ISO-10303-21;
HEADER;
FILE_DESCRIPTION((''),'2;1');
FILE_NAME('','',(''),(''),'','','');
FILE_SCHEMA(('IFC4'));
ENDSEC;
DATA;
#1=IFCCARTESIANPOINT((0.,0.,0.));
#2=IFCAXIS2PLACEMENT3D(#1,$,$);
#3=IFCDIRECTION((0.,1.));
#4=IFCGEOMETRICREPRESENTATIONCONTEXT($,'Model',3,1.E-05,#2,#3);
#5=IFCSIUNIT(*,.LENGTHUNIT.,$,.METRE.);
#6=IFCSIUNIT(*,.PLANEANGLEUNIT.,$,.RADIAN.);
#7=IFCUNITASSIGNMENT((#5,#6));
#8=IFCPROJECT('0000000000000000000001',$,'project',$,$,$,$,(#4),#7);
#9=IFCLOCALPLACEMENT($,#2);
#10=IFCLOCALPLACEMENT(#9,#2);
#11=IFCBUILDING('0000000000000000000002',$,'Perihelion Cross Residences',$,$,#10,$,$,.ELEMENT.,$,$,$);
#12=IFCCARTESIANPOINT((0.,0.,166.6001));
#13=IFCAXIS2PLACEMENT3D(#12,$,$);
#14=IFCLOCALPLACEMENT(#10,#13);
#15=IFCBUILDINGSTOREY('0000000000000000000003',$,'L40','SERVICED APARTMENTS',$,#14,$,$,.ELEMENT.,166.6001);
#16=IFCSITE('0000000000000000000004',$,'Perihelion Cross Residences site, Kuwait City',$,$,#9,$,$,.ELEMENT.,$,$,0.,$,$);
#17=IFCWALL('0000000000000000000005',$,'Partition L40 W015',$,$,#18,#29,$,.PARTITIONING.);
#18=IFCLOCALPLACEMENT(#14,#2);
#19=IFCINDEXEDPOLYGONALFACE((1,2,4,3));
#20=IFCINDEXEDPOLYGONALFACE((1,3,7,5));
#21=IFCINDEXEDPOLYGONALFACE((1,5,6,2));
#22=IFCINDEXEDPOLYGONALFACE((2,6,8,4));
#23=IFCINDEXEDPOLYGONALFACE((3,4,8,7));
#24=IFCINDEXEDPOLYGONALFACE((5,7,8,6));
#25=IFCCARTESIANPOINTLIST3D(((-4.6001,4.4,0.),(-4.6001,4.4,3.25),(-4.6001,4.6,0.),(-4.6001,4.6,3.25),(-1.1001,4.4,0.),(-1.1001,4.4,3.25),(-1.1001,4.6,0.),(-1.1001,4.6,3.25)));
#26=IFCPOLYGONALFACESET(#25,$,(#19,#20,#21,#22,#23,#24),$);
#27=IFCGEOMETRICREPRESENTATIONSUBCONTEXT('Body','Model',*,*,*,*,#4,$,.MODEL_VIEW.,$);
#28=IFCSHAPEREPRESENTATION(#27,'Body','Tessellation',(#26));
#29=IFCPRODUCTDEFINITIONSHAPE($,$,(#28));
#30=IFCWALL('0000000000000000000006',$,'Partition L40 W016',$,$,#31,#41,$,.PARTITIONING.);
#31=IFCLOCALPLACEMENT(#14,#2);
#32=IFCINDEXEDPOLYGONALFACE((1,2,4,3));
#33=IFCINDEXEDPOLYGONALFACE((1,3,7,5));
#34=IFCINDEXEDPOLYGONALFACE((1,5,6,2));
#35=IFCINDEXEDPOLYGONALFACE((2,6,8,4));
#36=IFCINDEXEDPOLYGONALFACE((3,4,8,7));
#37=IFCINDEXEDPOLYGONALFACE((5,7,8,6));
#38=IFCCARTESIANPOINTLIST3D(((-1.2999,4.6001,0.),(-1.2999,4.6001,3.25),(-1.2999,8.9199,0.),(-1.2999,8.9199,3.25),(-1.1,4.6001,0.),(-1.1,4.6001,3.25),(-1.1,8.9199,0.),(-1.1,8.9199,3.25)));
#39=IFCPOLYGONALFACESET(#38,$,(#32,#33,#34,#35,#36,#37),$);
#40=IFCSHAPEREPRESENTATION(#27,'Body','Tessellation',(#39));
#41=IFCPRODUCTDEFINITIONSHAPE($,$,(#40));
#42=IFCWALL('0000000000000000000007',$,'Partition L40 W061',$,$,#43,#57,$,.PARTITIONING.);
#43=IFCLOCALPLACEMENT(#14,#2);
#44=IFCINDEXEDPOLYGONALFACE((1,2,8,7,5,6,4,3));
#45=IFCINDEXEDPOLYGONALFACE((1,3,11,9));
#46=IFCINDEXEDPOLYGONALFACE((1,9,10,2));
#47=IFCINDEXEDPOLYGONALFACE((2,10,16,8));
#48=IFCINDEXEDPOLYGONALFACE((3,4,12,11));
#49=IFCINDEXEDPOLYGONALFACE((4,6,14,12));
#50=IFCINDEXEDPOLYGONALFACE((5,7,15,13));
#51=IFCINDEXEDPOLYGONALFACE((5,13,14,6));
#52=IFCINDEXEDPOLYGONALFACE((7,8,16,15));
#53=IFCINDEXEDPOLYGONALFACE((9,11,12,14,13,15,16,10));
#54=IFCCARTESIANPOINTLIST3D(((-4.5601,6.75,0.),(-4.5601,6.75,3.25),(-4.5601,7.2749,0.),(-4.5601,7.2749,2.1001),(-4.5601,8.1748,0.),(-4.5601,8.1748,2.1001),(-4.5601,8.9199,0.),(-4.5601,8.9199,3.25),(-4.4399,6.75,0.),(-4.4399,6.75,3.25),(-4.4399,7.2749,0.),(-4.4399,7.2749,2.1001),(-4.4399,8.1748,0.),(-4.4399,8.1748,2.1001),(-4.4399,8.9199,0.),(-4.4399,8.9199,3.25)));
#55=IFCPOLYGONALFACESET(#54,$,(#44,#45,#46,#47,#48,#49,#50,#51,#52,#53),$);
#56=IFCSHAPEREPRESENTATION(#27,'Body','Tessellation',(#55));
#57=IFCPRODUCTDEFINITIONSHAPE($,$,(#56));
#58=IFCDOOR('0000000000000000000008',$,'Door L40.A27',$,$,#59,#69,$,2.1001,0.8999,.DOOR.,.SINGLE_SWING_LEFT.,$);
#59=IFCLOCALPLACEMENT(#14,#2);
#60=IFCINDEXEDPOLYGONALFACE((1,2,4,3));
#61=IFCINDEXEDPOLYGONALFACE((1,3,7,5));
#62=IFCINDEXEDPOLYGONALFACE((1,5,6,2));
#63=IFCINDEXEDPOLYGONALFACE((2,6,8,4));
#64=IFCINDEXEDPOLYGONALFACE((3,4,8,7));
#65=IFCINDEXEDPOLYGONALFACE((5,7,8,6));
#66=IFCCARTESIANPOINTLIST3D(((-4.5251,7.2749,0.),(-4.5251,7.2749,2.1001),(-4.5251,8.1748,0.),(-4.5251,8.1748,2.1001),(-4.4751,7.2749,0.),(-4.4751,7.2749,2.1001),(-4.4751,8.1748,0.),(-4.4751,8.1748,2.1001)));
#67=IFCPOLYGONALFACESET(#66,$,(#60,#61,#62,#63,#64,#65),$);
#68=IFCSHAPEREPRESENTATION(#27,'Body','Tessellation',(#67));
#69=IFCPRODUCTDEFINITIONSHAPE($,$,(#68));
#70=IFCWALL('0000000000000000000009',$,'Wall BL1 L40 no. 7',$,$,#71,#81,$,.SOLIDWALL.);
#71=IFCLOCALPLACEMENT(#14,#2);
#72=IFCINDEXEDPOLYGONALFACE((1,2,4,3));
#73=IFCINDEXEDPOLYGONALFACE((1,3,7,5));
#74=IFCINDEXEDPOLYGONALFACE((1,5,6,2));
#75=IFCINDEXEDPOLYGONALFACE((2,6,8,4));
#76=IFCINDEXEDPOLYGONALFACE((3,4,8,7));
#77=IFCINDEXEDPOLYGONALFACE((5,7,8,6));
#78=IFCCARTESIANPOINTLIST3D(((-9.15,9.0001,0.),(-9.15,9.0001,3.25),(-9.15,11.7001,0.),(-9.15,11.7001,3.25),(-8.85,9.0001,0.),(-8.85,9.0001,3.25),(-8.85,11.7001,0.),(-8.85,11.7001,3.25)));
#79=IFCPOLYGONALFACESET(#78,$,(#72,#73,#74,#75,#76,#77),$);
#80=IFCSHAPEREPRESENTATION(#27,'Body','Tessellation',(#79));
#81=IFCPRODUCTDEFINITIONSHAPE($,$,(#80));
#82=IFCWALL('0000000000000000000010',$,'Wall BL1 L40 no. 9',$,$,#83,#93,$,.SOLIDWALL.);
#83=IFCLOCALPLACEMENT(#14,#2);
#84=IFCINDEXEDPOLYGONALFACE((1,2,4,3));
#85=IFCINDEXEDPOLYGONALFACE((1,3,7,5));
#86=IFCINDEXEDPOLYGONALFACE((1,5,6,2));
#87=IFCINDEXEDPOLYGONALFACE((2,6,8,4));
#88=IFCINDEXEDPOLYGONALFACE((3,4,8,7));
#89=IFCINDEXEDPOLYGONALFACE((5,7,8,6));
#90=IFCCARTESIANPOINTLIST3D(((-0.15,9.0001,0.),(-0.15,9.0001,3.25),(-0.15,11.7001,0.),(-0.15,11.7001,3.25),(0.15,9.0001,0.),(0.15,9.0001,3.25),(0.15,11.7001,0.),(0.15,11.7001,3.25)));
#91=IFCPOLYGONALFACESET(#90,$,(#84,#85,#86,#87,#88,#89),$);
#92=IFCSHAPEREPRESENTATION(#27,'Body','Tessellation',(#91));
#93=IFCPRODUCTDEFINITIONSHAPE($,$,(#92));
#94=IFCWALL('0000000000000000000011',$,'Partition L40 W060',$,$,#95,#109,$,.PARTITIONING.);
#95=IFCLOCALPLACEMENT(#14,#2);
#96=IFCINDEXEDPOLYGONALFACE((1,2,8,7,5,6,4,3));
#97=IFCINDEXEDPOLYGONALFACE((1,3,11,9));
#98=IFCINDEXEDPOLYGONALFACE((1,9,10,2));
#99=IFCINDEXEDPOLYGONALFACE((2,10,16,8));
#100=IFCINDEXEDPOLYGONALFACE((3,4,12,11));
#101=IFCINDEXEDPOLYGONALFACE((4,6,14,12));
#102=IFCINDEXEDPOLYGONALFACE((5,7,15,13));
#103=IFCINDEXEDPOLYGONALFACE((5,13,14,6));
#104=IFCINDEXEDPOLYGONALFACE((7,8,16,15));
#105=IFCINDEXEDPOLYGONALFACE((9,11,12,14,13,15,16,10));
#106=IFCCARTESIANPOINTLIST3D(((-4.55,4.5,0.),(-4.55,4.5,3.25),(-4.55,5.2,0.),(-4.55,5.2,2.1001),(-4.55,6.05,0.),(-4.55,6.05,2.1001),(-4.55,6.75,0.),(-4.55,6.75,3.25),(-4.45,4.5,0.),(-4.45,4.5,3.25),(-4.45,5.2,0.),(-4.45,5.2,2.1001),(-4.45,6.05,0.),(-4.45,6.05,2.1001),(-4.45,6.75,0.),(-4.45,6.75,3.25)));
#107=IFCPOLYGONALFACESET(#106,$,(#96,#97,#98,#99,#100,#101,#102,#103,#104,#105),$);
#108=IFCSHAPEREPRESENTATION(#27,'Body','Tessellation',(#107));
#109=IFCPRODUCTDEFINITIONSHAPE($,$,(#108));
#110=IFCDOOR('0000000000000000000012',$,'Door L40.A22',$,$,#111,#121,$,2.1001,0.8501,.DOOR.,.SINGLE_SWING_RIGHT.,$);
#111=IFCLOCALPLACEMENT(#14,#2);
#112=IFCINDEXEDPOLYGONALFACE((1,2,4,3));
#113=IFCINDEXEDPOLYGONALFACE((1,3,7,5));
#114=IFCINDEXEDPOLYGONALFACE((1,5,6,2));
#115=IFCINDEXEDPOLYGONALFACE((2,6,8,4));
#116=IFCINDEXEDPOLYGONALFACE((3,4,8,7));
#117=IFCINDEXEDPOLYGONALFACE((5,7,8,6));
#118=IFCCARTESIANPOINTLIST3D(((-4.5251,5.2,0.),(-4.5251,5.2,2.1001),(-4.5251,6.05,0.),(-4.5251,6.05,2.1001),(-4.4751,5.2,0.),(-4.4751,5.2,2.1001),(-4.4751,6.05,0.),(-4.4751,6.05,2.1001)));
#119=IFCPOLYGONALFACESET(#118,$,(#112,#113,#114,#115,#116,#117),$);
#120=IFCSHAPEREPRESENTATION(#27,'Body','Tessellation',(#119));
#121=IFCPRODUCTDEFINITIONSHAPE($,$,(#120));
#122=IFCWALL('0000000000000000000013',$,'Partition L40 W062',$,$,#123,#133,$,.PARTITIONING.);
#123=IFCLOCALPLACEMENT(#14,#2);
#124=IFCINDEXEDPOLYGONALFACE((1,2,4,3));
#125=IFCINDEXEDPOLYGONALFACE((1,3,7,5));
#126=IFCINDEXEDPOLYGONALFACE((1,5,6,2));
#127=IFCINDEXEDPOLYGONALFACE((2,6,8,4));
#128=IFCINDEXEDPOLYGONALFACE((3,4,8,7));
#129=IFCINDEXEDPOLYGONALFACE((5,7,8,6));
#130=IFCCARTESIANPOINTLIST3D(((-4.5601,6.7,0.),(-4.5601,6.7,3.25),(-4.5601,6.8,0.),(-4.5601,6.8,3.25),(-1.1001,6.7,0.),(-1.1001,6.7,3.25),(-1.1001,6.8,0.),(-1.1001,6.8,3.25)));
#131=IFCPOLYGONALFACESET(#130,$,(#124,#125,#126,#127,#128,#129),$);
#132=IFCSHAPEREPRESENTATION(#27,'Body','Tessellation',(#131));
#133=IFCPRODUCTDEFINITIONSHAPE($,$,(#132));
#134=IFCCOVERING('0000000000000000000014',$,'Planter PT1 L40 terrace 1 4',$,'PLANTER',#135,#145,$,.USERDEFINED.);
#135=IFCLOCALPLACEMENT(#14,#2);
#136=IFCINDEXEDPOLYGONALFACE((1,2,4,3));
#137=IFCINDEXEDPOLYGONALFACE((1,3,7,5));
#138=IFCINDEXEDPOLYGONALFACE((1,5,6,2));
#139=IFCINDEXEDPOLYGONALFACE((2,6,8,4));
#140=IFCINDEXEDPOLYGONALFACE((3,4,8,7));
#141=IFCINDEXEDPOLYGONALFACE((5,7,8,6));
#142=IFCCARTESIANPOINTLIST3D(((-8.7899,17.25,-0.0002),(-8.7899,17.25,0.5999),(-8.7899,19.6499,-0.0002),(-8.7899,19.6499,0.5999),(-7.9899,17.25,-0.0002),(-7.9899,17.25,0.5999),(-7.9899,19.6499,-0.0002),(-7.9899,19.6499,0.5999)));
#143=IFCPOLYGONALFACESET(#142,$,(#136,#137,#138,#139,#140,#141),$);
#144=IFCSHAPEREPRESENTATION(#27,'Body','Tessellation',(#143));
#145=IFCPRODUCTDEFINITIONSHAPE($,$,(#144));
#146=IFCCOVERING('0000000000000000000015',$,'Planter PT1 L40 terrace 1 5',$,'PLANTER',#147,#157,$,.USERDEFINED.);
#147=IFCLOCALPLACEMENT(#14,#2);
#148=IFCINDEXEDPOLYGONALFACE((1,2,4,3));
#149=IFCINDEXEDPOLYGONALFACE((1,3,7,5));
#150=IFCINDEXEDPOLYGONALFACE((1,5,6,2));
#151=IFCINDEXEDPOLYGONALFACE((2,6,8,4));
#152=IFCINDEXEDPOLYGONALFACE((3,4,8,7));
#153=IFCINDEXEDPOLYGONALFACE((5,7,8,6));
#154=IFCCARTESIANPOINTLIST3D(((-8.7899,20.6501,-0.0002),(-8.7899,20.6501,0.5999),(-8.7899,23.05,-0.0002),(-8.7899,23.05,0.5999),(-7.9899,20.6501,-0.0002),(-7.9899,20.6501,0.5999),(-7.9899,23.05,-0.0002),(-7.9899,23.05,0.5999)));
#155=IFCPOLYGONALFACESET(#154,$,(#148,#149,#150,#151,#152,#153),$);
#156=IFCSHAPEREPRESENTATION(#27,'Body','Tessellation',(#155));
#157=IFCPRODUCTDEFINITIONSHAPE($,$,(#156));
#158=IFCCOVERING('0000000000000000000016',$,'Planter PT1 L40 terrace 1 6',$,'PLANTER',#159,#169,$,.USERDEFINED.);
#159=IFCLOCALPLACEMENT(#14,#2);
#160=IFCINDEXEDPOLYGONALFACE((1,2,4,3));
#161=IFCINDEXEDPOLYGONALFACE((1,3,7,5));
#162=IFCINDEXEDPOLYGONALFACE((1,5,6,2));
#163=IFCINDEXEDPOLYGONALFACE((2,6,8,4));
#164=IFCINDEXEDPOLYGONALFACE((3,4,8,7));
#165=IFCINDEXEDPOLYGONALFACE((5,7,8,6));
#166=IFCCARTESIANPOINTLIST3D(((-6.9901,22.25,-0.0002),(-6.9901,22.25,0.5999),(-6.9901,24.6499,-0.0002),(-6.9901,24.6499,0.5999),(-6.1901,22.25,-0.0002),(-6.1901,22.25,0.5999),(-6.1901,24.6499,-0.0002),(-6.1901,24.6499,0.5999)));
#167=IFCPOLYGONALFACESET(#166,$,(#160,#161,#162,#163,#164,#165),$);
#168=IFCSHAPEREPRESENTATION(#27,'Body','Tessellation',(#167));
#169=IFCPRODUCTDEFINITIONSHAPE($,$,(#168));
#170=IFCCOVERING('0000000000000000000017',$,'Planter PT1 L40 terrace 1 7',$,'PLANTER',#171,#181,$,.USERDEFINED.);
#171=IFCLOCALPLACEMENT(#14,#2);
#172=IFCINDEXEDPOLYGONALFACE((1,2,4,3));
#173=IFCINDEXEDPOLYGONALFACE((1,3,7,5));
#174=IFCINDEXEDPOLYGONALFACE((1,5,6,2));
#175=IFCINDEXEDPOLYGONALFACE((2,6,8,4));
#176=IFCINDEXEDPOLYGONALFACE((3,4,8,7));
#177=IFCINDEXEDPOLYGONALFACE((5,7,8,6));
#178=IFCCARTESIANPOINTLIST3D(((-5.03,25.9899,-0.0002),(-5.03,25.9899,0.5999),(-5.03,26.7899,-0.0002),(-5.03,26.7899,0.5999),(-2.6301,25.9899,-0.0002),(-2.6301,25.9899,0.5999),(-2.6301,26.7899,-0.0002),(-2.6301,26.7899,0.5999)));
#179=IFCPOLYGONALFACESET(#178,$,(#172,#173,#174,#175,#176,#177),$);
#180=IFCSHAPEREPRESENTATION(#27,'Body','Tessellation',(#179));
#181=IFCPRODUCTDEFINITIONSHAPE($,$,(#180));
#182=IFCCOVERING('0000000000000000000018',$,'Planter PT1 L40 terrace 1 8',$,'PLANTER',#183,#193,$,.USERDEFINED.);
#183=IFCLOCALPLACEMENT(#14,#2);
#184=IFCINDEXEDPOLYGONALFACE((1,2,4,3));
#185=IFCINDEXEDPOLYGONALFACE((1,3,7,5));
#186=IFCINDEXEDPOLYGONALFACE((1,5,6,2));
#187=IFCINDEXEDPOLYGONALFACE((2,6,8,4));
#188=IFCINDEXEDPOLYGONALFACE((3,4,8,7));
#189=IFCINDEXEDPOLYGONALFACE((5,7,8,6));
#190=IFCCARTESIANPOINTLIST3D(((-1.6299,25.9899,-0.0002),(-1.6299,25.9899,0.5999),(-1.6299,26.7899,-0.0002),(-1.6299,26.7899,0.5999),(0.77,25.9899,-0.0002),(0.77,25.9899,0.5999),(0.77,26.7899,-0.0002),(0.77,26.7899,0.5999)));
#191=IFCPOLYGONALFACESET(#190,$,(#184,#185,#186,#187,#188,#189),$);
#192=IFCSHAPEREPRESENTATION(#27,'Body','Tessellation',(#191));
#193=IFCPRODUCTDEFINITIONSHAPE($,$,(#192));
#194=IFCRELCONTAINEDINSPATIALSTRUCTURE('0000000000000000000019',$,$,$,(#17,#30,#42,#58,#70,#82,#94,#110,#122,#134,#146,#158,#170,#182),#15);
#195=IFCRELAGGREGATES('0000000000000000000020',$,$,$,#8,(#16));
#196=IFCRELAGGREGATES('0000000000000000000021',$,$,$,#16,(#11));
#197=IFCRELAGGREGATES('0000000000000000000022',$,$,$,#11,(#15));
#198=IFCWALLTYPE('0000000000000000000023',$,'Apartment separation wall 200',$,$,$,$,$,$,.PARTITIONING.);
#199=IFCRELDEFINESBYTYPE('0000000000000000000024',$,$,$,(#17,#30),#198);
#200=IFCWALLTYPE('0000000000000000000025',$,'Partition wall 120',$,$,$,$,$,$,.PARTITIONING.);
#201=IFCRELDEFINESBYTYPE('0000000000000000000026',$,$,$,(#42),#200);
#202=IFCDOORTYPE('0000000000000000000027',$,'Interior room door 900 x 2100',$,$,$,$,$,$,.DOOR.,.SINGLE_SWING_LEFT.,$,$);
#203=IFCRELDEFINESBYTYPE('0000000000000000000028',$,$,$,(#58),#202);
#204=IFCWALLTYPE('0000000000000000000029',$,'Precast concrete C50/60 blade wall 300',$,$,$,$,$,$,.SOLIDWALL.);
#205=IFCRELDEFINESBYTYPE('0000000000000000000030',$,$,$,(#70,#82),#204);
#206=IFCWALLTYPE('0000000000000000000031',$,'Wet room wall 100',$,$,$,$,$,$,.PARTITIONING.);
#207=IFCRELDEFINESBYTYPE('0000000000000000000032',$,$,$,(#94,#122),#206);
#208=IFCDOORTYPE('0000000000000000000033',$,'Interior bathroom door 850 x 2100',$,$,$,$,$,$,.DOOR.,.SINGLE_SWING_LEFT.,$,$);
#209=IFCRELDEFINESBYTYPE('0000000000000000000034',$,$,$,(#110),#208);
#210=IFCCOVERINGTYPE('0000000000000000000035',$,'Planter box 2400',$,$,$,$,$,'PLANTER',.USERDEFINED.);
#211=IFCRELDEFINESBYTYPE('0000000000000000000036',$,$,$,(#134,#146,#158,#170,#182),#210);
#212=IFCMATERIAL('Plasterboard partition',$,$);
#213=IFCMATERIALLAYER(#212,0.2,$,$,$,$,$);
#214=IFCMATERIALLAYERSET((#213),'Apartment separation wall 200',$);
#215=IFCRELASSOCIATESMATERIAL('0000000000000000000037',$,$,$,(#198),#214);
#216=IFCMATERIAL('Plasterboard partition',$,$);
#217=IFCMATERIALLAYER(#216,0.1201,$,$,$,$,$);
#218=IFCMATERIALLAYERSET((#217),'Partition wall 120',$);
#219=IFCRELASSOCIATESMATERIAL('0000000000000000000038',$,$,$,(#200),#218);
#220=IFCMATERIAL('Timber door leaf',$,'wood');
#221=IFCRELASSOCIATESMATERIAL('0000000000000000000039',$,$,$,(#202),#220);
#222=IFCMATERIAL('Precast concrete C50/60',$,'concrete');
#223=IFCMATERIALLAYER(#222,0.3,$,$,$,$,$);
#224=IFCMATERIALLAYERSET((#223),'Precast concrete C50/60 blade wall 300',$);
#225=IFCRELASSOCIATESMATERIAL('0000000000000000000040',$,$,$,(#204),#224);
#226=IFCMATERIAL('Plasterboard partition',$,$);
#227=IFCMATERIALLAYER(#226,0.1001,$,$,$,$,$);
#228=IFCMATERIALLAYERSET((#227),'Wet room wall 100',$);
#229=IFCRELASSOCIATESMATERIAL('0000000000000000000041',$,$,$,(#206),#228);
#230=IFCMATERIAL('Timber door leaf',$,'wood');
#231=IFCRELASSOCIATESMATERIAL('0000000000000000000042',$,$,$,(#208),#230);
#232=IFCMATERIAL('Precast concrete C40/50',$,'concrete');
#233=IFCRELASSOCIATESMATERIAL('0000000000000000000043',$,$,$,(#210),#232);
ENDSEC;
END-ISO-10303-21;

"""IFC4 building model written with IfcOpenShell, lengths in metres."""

from ifc_helpers import new_model, si_unit, direction, frame, frame_2d, origin, origin_2d, place, context, subcontext, project, spatial, rectangle, extrude, material, layer, layer_set, type_object, element, fill, save


model = new_model("IFC4")

# Units and contexts
model_context = context("Model", 3, precision=1e-05, world=origin(), true_north=direction((0.0, 1.0)))
body_context = subcontext(model_context, "Body", "Model", "MODEL_VIEW")
ifc_project = project(units=[si_unit("LENGTHUNIT", "METRE"), si_unit("PLANEANGLEUNIT", "RADIAN")], contexts=[model_context])

# Site, building, storey
site_placement = place(None, origin())
site = spatial("IfcSite", under=ifc_project, at=site_placement, Name="Perihelion Cross Residences site, Kuwait City", CompositionType="ELEMENT", RefElevation=0.0)
building_placement = place(site_placement, origin())
building = spatial("IfcBuilding", under=site, at=building_placement, Name="Perihelion Cross Residences", CompositionType="ELEMENT")
storey_placement = place(building_placement, frame((0.0, 0.0, 166.6001)))
storey = spatial("IfcBuildingStorey", under=building, at=storey_placement, Name="L40", Description="SERVICED APARTMENTS", CompositionType="ELEMENT", Elevation=166.6001)

# Walls
ifc_material_1 = material(Name="Plasterboard partition")
ifc_layer_1 = layer(ifc_material_1, 0.2)
ifc_layer_set_1 = layer_set([ifc_layer_1], Name="Apartment separation wall 200")
wall_type_1 = type_object("IfcWallType", Name="Apartment separation wall 200", PredefinedType="PARTITIONING", material=ifc_layer_set_1)
wall_1_placement = place(storey_placement, frame((-4.6001, 4.5, 0.0), z_axis=(0.0, 0.0, 1.0), x_axis=(1.0, 0.0, 0.0)))
element("IfcWall", 1, at=wall_1_placement, inside=storey, type_object=wall_type_1, Name="Partition L40 W015", PredefinedType="PARTITIONING", context=body_context, shape_type="SweptSolid", body=[
    extrude(rectangle(XDim=3.5, YDim=0.2, at=frame_2d((1.75, 0.0))), origin(), (0.0, 0.0, 1.0), 3.25),
])
wall_2_placement = place(storey_placement, frame((-1.2, 4.6001, 0.0), z_axis=(0.0, 0.0, 1.0), x_axis=(0.0, 1.0, 0.0)))
element("IfcWall", 2, at=wall_2_placement, inside=storey, type_object=wall_type_1, Name="Partition L40 W016", PredefinedType="PARTITIONING", context=body_context, shape_type="SweptSolid", body=[
    extrude(rectangle(XDim=4.3198, YDim=0.2, at=frame_2d((2.1599, 0.0))), origin(), (0.0, 0.0, 1.0), 3.25),
])

# Wall, opening, door
ifc_material_2 = material(Name="Plasterboard partition")
ifc_layer_2 = layer(ifc_material_2, 0.1201)
ifc_layer_set_2 = layer_set([ifc_layer_2], Name="Partition wall 120")
wall_type_2 = type_object("IfcWallType", Name="Partition wall 120", PredefinedType="PARTITIONING", material=ifc_layer_set_2)
wall_3_placement = place(storey_placement, frame((-4.5, 8.9199, 0.0), z_axis=(0.0, 0.0, 1.0), x_axis=(0.0, -1.0, 0.0)))
wall_3 = element("IfcWall", 3, at=wall_3_placement, inside=storey, type_object=wall_type_2, Name="Partition L40 W061", PredefinedType="PARTITIONING", context=body_context, shape_type="SweptSolid", body=[
    extrude(rectangle(XDim=2.1699, YDim=0.1201, at=frame_2d((1.085, 0.0))), origin(), (0.0, 0.0, 1.0), 3.25),
])
opening_1_placement = place(wall_3_placement, frame((0.7451, 0.0, 0.0)))
opening_1 = element("IfcOpeningElement", 4, at=opening_1_placement, cuts=wall_3, PredefinedType="OPENING", context=body_context, shape_type="SweptSolid", body=[
    extrude(rectangle(XDim=0.8999, YDim=2.1001, at=frame_2d((0.45, 1.05))), frame((0.0, 0.0701, 0.0), z_axis=(0.0, -1.0, 0.0), x_axis=(1.0, 0.0, 0.0)), (0.0, 0.0, 1.0), 0.1401),
])
ifc_material_3 = material(Name="Timber door leaf", Category="wood")
door_type_1 = type_object("IfcDoorType", Name="Interior room door 900 x 2100", OperationType="SINGLE_SWING_LEFT", PredefinedType="DOOR", material=ifc_material_3)
door_1_placement = place(opening_1_placement, origin())
door_1 = element("IfcDoor", 5, at=door_1_placement, inside=storey, type_object=door_type_1, Name="Door L40.A27", OperationType="SINGLE_SWING_LEFT", OverallHeight=2.1001, OverallWidth=0.8999, PredefinedType="DOOR", context=body_context, shape_type="SweptSolid", body=[
    extrude(rectangle(XDim=0.8999, YDim=2.1001, at=frame_2d((0.45, 1.05))), frame((0.0, 0.0249, 0.0), z_axis=(0.0, -1.0, 0.0), x_axis=(1.0, 0.0, 0.0)), (0.0, 0.0, 1.0), 0.05),
])
fill(opening_1, door_1)

# Walls
ifc_material_4 = material(Name="Precast concrete C50/60", Category="concrete")
ifc_layer_3 = layer(ifc_material_4, 0.3)
ifc_layer_set_3 = layer_set([ifc_layer_3], Name="Precast concrete C50/60 blade wall 300")
wall_type_3 = type_object("IfcWallType", Name="Precast concrete C50/60 blade wall 300", PredefinedType="SOLIDWALL", material=ifc_layer_set_3)
for number, where, z_axis, x_axis, name in (
    (6, (-9.0, 9.0, 0.0), (0.0, 0.0, 1.0), (0.0, 1.0, 0.0), "Wall BL1 L40 no. 7"),
    (7, (0.0, 9.0, 0.0), (0.0, 0.0, 1.0), (0.0, 1.0, 0.0), "Wall BL1 L40 no. 9"),
):
    element("IfcWall", number, at=place(storey_placement, frame(where, z_axis=z_axis, x_axis=x_axis)), inside=storey, type_object=wall_type_3, Name=name, PredefinedType="SOLIDWALL", context=body_context, shape_type="SweptSolid", body=[
        extrude(rectangle(XDim=2.7, YDim=0.3, at=frame_2d((1.3501, 0.0))), origin(), (0.0, 0.0, 1.0), 3.25),
    ])

# Wall, opening, door
ifc_material_5 = material(Name="Plasterboard partition")
ifc_layer_4 = layer(ifc_material_5, 0.1001)
ifc_layer_set_4 = layer_set([ifc_layer_4], Name="Wet room wall 100")
wall_type_4 = type_object("IfcWallType", Name="Wet room wall 100", PredefinedType="PARTITIONING", material=ifc_layer_set_4)
wall_4_placement = place(storey_placement, frame((-4.5, 6.75, 0.0), z_axis=(0.0, 0.0, 1.0), x_axis=(0.0, -1.0, 0.0)))
wall_4 = element("IfcWall", 8, at=wall_4_placement, inside=storey, type_object=wall_type_4, Name="Partition L40 W060", PredefinedType="PARTITIONING", context=body_context, shape_type="SweptSolid", body=[
    extrude(rectangle(XDim=2.25, YDim=0.1001, at=frame_2d((1.125, 0.0))), origin(), (0.0, 0.0, 1.0), 3.25),
])
opening_2_placement = place(wall_4_placement, frame((0.7, 0.0, 0.0)))
opening_2 = element("IfcOpeningElement", 9, at=opening_2_placement, cuts=wall_4, PredefinedType="OPENING", context=body_context, shape_type="SweptSolid", body=[
    extrude(rectangle(XDim=0.8501, YDim=2.1001, at=frame_2d((0.425, 1.05))), frame((0.0, 0.0601, 0.0), z_axis=(0.0, -1.0, 0.0), x_axis=(1.0, 0.0, 0.0)), (0.0, 0.0, 1.0), 0.1201),
])
ifc_material_6 = material(Name="Timber door leaf", Category="wood")
door_type_2 = type_object("IfcDoorType", Name="Interior bathroom door 850 x 2100", OperationType="SINGLE_SWING_LEFT", PredefinedType="DOOR", material=ifc_material_6)
door_2_placement = place(opening_2_placement, origin())
door_2 = element("IfcDoor", 10, at=door_2_placement, inside=storey, type_object=door_type_2, Name="Door L40.A22", OperationType="SINGLE_SWING_RIGHT", OverallHeight=2.1001, OverallWidth=0.8501, PredefinedType="DOOR", context=body_context, shape_type="SweptSolid", body=[
    extrude(rectangle(XDim=0.8501, YDim=2.1001, at=frame_2d((0.425, 1.05))), frame((0.0, 0.0249, 0.0), z_axis=(0.0, -1.0, 0.0), x_axis=(1.0, 0.0, 0.0)), (0.0, 0.0, 1.0), 0.05),
])
fill(opening_2, door_2)

# Wall
wall_5_placement = place(storey_placement, frame((-4.5601, 6.75, 0.0), z_axis=(0.0, 0.0, 1.0), x_axis=(1.0, 0.0, 0.0)))
element("IfcWall", 11, at=wall_5_placement, inside=storey, type_object=wall_type_4, Name="Partition L40 W062", PredefinedType="PARTITIONING", context=body_context, shape_type="SweptSolid", body=[
    extrude(rectangle(XDim=3.46, YDim=0.1001, at=frame_2d((1.73, 0.0))), origin(), (0.0, 0.0, 1.0), 3.25),
])

# Coverings
ifc_material_7 = material(Name="Precast concrete C40/50", Category="concrete")
covering_type = type_object("IfcCoveringType", Name="Planter box 2400", ElementType="PLANTER", PredefinedType="USERDEFINED", material=ifc_material_7)
for number, where, z_axis, x_axis, name in (
    (12, (-8.3899, 18.45, -0.0002), (0.0, 0.0, 1.0), (0.0, 1.0, 0.0), "Planter PT1 L40 terrace 1 4"),
    (13, (-8.3899, 21.8501, -0.0002), (0.0, 0.0, 1.0), (0.0, 1.0, 0.0), "Planter PT1 L40 terrace 1 5"),
    (14, (-6.5901, 23.45, -0.0002), (0.0, 0.0, 1.0), (0.0, 1.0, 0.0), "Planter PT1 L40 terrace 1 6"),
    (15, (-3.8301, 26.3899, -0.0002), (0.0, 0.0, 1.0), (1.0, 0.0, 0.0), "Planter PT1 L40 terrace 1 7"),
    (16, (-0.4299, 26.3899, -0.0002), (0.0, 0.0, 1.0), (1.0, 0.0, 0.0), "Planter PT1 L40 terrace 1 8"),
):
    element("IfcCovering", number, at=place(storey_placement, frame(where, z_axis=z_axis, x_axis=x_axis)), inside=storey, type_object=covering_type, Name=name, ObjectType="PLANTER", PredefinedType="USERDEFINED", context=body_context, shape_type="SweptSolid", body=[
        extrude(rectangle(XDim=2.3999, YDim=0.8, at=origin_2d()), origin(), (0.0, 0.0, 1.0), 0.6001),
    ])

save(model, "model.ifc")
